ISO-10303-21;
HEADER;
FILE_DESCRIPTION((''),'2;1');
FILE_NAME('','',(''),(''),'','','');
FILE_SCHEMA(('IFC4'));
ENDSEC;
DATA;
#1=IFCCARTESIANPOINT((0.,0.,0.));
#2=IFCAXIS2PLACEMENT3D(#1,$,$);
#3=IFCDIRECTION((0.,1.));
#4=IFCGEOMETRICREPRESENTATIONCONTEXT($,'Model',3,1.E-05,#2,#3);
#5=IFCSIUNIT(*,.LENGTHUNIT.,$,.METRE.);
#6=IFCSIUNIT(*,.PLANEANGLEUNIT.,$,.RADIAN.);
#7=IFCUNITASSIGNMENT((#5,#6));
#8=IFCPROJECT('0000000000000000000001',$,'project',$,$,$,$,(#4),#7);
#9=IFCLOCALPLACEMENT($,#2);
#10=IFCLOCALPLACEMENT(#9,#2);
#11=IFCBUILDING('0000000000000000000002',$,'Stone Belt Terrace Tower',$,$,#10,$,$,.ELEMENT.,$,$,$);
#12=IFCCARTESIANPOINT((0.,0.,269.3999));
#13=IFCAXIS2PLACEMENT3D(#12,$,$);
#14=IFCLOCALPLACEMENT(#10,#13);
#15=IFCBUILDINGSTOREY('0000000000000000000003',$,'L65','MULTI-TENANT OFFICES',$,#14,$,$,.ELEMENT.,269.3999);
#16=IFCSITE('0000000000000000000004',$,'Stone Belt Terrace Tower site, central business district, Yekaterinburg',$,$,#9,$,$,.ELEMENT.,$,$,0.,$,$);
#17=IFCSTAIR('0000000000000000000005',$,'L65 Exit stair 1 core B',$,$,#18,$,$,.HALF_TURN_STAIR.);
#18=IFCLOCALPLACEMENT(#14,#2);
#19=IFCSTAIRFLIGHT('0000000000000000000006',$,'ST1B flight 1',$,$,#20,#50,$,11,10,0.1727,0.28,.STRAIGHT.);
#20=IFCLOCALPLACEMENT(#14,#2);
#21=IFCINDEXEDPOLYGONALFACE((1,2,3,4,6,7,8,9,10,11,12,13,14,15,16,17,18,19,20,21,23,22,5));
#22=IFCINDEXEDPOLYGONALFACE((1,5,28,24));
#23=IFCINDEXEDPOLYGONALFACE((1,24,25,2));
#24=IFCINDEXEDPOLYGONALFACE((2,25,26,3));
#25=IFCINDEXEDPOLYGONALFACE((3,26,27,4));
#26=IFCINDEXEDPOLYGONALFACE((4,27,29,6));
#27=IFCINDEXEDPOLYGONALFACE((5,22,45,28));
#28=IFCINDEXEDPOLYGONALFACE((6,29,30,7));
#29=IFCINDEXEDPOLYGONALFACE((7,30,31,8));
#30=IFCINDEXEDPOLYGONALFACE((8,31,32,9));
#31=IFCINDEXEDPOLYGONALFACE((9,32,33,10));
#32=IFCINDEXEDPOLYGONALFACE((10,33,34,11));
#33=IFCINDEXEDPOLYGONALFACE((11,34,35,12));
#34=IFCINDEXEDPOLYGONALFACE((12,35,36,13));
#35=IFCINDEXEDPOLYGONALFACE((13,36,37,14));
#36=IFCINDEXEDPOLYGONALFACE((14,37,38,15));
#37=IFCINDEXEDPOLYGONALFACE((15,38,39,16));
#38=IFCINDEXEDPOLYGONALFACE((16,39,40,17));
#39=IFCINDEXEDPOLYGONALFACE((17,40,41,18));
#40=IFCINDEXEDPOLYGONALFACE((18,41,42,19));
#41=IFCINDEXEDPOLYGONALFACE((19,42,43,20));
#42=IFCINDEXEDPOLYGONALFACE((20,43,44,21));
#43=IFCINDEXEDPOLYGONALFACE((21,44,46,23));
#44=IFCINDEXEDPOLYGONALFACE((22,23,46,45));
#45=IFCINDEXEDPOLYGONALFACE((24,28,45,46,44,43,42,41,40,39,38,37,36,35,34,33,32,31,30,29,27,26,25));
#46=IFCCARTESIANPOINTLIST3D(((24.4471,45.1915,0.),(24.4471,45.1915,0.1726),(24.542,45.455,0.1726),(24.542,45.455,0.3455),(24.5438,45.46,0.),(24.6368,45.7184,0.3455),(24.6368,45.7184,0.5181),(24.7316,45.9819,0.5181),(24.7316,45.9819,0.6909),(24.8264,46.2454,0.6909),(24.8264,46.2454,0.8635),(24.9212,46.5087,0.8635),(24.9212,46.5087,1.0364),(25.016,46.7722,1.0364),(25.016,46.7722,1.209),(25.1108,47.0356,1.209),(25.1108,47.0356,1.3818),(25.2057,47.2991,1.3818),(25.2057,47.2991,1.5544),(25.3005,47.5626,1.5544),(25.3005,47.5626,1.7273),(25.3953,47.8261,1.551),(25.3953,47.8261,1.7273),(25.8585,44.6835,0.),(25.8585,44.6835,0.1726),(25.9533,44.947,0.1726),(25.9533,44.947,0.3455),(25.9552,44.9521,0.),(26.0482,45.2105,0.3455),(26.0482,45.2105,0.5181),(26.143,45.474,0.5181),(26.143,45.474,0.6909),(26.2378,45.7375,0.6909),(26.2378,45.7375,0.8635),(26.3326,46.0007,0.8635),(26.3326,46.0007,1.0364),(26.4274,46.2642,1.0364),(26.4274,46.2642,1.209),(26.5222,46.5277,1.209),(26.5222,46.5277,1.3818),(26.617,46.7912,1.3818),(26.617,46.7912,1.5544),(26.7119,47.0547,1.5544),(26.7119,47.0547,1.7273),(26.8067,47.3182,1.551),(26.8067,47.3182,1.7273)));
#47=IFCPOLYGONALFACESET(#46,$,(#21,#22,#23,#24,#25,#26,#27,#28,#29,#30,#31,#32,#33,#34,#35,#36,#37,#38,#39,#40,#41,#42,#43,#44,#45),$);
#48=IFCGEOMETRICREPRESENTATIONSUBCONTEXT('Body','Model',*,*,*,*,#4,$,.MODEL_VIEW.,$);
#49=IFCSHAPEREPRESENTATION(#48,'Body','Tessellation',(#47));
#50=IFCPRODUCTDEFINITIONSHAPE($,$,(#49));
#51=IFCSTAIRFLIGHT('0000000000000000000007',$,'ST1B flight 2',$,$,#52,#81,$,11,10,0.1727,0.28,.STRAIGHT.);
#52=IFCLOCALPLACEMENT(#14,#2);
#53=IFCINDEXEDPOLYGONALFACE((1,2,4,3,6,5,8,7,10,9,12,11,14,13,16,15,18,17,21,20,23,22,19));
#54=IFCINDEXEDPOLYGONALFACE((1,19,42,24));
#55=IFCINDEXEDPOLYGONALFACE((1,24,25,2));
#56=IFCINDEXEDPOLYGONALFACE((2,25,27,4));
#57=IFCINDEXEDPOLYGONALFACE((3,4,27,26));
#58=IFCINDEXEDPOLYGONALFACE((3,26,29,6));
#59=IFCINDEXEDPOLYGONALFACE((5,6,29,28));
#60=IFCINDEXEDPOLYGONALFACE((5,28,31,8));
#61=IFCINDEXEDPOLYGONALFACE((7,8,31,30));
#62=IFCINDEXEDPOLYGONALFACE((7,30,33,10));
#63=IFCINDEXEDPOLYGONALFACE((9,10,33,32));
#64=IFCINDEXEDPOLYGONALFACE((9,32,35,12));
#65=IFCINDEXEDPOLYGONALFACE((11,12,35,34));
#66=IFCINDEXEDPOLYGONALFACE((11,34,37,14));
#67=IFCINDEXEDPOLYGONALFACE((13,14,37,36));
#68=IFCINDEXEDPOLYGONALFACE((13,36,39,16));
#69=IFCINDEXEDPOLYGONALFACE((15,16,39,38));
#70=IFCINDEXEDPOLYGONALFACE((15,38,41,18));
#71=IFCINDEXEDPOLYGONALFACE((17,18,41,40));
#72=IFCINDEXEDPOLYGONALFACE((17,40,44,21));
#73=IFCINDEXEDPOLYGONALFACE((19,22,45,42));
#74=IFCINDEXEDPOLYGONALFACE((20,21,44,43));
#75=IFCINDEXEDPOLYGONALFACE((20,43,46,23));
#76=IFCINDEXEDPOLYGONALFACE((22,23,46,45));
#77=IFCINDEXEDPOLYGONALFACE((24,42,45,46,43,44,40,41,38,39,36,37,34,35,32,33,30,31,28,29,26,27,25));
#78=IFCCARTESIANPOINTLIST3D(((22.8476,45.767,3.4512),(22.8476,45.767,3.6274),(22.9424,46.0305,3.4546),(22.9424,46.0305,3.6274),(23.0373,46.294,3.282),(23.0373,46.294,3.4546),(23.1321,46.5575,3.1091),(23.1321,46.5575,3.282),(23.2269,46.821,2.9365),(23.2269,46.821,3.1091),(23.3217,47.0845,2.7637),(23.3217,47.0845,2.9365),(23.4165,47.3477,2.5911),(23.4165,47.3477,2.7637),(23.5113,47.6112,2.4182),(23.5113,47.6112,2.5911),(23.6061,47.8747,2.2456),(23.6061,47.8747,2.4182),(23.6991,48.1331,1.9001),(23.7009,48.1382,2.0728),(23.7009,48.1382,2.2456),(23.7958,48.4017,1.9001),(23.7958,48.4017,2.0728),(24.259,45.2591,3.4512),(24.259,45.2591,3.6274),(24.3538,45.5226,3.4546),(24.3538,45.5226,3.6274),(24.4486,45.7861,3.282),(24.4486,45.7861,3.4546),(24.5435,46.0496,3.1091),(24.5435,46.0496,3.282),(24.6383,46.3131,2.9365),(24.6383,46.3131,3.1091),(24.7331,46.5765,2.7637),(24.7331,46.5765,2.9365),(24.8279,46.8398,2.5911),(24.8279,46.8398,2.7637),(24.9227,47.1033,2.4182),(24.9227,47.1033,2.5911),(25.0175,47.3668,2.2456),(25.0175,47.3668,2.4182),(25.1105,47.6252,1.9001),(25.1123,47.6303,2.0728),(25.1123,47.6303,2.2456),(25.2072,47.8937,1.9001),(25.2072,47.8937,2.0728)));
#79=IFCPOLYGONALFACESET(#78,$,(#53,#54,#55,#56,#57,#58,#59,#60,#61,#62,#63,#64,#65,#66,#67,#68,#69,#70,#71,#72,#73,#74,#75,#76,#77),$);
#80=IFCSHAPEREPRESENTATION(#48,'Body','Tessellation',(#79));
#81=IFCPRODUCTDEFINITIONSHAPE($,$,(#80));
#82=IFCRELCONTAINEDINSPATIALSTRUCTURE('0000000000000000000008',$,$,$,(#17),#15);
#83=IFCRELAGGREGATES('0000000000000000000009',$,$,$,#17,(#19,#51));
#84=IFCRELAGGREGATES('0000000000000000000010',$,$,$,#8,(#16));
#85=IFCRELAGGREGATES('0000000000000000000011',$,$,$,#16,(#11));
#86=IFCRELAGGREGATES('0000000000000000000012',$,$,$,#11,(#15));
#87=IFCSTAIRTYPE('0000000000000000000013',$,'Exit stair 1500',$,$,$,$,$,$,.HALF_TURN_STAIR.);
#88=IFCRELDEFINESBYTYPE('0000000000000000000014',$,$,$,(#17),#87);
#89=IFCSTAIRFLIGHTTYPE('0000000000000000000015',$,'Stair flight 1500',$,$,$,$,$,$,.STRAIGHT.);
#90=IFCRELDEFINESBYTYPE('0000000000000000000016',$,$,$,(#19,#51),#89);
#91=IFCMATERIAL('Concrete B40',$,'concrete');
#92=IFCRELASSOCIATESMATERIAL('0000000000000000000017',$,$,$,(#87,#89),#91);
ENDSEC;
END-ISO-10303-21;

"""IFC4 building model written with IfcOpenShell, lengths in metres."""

from ifc_helpers import new_model, si_unit, direction, frame, origin, place, context, subcontext, project, spatial, polyline, outline, extrude, material, type_object, element, aggregate, save


model = new_model("IFC4")

# Units and contexts
model_context = context("Model", 3, precision=1e-05, world=origin(), true_north=direction((0.0, 1.0)))
body_context = subcontext(model_context, "Body", "Model", "MODEL_VIEW")
ifc_project = project(units=[si_unit("LENGTHUNIT", "METRE"), si_unit("PLANEANGLEUNIT", "RADIAN")], contexts=[model_context])

# Site, building, storey
site_placement = place(None, origin())
site = spatial("IfcSite", under=ifc_project, at=site_placement, Name="Stone Belt Terrace Tower site, central business district, Yekaterinburg", CompositionType="ELEMENT", RefElevation=0.0)
building_placement = place(site_placement, origin())
building = spatial("IfcBuilding", under=site, at=building_placement, Name="Stone Belt Terrace Tower", CompositionType="ELEMENT")
storey_placement = place(building_placement, frame((0.0, 0.0, 269.3999)))
storey = spatial("IfcBuildingStorey", under=building, at=storey_placement, Name="L65", Description="MULTI-TENANT OFFICES", CompositionType="ELEMENT", Elevation=269.3999)

# Stair, stair flights
ifc_material_1 = material(Name="Concrete B40", Category="concrete")
stair_type = type_object("IfcStairType", Name="Exit stair 1500", PredefinedType="HALF_TURN_STAIR", material=ifc_material_1)
stair_placement = place(storey_placement, origin())
stair = element("IfcStair", 1, at=stair_placement, inside=storey, type_object=stair_type, Name="L65 Exit stair 1 core B", PredefinedType="HALF_TURN_STAIR")
stair_flight_type = type_object("IfcStairFlightType", Name="Stair flight 1500", PredefinedType="STRAIGHT", material=ifc_material_1)
stair_flight_1_placement = place(storey_placement, frame((25.1528, 44.9375, 0.0), z_axis=(0.0, 0.0, 1.0), x_axis=(0.338624, 0.940922, 0.0)))
stair_flight_1 = element("IfcStairFlight", 2, at=stair_flight_1_placement, type_object=stair_flight_type, Name="ST1B flight 1", NumberOfRisers=11, NumberOfTreads=10, PredefinedType="STRAIGHT", RiserHeight=0.1727, TreadLength=0.28, context=body_context, shape_type="SweptSolid", body=[
    extrude(outline(polyline([(0.0, 0.0), (0.0, 0.1726), (0.28, 0.1726), (0.28, 0.3455), (0.5601, 0.3455), (0.5601, 0.5181), (0.8401, 0.5181), (0.8401, 0.6909), (1.1201, 0.6909), (1.1201, 0.8635), (1.3999, 0.8635), (1.3999, 1.0364), (1.6799, 1.0364), (1.6799, 1.209), (1.96, 1.209), (1.96, 1.3818), (2.24, 1.3818), (2.24, 1.5544), (2.52, 1.5544), (2.52, 1.7273), (2.8, 1.7273), (2.8, 1.8999), (2.8, 1.551), (0.2854, 0.0), (0.0, 0.0)])), frame((0.0, 0.75, 0.0), z_axis=(0.0, -1.0, 0.0), x_axis=(1.0, 0.0, 0.0)), (0.0, 0.0, 1.0), 1.5),
])
stair_flight_2_placement = place(storey_placement, frame((24.5015, 48.1477, 1.9001), z_axis=(0.0, 0.0, 1.0), x_axis=(-0.338624, -0.940922, 0.0)))
stair_flight_2 = element("IfcStairFlight", 3, at=stair_flight_2_placement, type_object=stair_flight_type, Name="ST1B flight 2", NumberOfRisers=11, NumberOfTreads=10, PredefinedType="STRAIGHT", RiserHeight=0.1727, TreadLength=0.28, context=body_context, shape_type="SweptSolid", body=[
    extrude(outline(polyline([(0.0, 0.0), (0.0, 0.1726), (0.28, 0.1726), (0.28, 0.3455), (0.5601, 0.3455), (0.5601, 0.5181), (0.8401, 0.5181), (0.8401, 0.6909), (1.1201, 0.6909), (1.1201, 0.8635), (1.3999, 0.8635), (1.3999, 1.0364), (1.6799, 1.0364), (1.6799, 1.209), (1.96, 1.209), (1.96, 1.3818), (2.24, 1.3818), (2.24, 1.5544), (2.52, 1.5544), (2.52, 1.7273), (2.8, 1.7273), (2.8, 1.8999), (2.8, 1.551), (0.2854, 0.0), (0.0, 0.0)])), frame((0.0, 0.75, 0.0), z_axis=(0.0, -1.0, 0.0), x_axis=(1.0, 0.0, 0.0)), (0.0, 0.0, 1.0), 1.5),
])
aggregate(stair, [stair_flight_1, stair_flight_2])

save(model, "model.ifc")
